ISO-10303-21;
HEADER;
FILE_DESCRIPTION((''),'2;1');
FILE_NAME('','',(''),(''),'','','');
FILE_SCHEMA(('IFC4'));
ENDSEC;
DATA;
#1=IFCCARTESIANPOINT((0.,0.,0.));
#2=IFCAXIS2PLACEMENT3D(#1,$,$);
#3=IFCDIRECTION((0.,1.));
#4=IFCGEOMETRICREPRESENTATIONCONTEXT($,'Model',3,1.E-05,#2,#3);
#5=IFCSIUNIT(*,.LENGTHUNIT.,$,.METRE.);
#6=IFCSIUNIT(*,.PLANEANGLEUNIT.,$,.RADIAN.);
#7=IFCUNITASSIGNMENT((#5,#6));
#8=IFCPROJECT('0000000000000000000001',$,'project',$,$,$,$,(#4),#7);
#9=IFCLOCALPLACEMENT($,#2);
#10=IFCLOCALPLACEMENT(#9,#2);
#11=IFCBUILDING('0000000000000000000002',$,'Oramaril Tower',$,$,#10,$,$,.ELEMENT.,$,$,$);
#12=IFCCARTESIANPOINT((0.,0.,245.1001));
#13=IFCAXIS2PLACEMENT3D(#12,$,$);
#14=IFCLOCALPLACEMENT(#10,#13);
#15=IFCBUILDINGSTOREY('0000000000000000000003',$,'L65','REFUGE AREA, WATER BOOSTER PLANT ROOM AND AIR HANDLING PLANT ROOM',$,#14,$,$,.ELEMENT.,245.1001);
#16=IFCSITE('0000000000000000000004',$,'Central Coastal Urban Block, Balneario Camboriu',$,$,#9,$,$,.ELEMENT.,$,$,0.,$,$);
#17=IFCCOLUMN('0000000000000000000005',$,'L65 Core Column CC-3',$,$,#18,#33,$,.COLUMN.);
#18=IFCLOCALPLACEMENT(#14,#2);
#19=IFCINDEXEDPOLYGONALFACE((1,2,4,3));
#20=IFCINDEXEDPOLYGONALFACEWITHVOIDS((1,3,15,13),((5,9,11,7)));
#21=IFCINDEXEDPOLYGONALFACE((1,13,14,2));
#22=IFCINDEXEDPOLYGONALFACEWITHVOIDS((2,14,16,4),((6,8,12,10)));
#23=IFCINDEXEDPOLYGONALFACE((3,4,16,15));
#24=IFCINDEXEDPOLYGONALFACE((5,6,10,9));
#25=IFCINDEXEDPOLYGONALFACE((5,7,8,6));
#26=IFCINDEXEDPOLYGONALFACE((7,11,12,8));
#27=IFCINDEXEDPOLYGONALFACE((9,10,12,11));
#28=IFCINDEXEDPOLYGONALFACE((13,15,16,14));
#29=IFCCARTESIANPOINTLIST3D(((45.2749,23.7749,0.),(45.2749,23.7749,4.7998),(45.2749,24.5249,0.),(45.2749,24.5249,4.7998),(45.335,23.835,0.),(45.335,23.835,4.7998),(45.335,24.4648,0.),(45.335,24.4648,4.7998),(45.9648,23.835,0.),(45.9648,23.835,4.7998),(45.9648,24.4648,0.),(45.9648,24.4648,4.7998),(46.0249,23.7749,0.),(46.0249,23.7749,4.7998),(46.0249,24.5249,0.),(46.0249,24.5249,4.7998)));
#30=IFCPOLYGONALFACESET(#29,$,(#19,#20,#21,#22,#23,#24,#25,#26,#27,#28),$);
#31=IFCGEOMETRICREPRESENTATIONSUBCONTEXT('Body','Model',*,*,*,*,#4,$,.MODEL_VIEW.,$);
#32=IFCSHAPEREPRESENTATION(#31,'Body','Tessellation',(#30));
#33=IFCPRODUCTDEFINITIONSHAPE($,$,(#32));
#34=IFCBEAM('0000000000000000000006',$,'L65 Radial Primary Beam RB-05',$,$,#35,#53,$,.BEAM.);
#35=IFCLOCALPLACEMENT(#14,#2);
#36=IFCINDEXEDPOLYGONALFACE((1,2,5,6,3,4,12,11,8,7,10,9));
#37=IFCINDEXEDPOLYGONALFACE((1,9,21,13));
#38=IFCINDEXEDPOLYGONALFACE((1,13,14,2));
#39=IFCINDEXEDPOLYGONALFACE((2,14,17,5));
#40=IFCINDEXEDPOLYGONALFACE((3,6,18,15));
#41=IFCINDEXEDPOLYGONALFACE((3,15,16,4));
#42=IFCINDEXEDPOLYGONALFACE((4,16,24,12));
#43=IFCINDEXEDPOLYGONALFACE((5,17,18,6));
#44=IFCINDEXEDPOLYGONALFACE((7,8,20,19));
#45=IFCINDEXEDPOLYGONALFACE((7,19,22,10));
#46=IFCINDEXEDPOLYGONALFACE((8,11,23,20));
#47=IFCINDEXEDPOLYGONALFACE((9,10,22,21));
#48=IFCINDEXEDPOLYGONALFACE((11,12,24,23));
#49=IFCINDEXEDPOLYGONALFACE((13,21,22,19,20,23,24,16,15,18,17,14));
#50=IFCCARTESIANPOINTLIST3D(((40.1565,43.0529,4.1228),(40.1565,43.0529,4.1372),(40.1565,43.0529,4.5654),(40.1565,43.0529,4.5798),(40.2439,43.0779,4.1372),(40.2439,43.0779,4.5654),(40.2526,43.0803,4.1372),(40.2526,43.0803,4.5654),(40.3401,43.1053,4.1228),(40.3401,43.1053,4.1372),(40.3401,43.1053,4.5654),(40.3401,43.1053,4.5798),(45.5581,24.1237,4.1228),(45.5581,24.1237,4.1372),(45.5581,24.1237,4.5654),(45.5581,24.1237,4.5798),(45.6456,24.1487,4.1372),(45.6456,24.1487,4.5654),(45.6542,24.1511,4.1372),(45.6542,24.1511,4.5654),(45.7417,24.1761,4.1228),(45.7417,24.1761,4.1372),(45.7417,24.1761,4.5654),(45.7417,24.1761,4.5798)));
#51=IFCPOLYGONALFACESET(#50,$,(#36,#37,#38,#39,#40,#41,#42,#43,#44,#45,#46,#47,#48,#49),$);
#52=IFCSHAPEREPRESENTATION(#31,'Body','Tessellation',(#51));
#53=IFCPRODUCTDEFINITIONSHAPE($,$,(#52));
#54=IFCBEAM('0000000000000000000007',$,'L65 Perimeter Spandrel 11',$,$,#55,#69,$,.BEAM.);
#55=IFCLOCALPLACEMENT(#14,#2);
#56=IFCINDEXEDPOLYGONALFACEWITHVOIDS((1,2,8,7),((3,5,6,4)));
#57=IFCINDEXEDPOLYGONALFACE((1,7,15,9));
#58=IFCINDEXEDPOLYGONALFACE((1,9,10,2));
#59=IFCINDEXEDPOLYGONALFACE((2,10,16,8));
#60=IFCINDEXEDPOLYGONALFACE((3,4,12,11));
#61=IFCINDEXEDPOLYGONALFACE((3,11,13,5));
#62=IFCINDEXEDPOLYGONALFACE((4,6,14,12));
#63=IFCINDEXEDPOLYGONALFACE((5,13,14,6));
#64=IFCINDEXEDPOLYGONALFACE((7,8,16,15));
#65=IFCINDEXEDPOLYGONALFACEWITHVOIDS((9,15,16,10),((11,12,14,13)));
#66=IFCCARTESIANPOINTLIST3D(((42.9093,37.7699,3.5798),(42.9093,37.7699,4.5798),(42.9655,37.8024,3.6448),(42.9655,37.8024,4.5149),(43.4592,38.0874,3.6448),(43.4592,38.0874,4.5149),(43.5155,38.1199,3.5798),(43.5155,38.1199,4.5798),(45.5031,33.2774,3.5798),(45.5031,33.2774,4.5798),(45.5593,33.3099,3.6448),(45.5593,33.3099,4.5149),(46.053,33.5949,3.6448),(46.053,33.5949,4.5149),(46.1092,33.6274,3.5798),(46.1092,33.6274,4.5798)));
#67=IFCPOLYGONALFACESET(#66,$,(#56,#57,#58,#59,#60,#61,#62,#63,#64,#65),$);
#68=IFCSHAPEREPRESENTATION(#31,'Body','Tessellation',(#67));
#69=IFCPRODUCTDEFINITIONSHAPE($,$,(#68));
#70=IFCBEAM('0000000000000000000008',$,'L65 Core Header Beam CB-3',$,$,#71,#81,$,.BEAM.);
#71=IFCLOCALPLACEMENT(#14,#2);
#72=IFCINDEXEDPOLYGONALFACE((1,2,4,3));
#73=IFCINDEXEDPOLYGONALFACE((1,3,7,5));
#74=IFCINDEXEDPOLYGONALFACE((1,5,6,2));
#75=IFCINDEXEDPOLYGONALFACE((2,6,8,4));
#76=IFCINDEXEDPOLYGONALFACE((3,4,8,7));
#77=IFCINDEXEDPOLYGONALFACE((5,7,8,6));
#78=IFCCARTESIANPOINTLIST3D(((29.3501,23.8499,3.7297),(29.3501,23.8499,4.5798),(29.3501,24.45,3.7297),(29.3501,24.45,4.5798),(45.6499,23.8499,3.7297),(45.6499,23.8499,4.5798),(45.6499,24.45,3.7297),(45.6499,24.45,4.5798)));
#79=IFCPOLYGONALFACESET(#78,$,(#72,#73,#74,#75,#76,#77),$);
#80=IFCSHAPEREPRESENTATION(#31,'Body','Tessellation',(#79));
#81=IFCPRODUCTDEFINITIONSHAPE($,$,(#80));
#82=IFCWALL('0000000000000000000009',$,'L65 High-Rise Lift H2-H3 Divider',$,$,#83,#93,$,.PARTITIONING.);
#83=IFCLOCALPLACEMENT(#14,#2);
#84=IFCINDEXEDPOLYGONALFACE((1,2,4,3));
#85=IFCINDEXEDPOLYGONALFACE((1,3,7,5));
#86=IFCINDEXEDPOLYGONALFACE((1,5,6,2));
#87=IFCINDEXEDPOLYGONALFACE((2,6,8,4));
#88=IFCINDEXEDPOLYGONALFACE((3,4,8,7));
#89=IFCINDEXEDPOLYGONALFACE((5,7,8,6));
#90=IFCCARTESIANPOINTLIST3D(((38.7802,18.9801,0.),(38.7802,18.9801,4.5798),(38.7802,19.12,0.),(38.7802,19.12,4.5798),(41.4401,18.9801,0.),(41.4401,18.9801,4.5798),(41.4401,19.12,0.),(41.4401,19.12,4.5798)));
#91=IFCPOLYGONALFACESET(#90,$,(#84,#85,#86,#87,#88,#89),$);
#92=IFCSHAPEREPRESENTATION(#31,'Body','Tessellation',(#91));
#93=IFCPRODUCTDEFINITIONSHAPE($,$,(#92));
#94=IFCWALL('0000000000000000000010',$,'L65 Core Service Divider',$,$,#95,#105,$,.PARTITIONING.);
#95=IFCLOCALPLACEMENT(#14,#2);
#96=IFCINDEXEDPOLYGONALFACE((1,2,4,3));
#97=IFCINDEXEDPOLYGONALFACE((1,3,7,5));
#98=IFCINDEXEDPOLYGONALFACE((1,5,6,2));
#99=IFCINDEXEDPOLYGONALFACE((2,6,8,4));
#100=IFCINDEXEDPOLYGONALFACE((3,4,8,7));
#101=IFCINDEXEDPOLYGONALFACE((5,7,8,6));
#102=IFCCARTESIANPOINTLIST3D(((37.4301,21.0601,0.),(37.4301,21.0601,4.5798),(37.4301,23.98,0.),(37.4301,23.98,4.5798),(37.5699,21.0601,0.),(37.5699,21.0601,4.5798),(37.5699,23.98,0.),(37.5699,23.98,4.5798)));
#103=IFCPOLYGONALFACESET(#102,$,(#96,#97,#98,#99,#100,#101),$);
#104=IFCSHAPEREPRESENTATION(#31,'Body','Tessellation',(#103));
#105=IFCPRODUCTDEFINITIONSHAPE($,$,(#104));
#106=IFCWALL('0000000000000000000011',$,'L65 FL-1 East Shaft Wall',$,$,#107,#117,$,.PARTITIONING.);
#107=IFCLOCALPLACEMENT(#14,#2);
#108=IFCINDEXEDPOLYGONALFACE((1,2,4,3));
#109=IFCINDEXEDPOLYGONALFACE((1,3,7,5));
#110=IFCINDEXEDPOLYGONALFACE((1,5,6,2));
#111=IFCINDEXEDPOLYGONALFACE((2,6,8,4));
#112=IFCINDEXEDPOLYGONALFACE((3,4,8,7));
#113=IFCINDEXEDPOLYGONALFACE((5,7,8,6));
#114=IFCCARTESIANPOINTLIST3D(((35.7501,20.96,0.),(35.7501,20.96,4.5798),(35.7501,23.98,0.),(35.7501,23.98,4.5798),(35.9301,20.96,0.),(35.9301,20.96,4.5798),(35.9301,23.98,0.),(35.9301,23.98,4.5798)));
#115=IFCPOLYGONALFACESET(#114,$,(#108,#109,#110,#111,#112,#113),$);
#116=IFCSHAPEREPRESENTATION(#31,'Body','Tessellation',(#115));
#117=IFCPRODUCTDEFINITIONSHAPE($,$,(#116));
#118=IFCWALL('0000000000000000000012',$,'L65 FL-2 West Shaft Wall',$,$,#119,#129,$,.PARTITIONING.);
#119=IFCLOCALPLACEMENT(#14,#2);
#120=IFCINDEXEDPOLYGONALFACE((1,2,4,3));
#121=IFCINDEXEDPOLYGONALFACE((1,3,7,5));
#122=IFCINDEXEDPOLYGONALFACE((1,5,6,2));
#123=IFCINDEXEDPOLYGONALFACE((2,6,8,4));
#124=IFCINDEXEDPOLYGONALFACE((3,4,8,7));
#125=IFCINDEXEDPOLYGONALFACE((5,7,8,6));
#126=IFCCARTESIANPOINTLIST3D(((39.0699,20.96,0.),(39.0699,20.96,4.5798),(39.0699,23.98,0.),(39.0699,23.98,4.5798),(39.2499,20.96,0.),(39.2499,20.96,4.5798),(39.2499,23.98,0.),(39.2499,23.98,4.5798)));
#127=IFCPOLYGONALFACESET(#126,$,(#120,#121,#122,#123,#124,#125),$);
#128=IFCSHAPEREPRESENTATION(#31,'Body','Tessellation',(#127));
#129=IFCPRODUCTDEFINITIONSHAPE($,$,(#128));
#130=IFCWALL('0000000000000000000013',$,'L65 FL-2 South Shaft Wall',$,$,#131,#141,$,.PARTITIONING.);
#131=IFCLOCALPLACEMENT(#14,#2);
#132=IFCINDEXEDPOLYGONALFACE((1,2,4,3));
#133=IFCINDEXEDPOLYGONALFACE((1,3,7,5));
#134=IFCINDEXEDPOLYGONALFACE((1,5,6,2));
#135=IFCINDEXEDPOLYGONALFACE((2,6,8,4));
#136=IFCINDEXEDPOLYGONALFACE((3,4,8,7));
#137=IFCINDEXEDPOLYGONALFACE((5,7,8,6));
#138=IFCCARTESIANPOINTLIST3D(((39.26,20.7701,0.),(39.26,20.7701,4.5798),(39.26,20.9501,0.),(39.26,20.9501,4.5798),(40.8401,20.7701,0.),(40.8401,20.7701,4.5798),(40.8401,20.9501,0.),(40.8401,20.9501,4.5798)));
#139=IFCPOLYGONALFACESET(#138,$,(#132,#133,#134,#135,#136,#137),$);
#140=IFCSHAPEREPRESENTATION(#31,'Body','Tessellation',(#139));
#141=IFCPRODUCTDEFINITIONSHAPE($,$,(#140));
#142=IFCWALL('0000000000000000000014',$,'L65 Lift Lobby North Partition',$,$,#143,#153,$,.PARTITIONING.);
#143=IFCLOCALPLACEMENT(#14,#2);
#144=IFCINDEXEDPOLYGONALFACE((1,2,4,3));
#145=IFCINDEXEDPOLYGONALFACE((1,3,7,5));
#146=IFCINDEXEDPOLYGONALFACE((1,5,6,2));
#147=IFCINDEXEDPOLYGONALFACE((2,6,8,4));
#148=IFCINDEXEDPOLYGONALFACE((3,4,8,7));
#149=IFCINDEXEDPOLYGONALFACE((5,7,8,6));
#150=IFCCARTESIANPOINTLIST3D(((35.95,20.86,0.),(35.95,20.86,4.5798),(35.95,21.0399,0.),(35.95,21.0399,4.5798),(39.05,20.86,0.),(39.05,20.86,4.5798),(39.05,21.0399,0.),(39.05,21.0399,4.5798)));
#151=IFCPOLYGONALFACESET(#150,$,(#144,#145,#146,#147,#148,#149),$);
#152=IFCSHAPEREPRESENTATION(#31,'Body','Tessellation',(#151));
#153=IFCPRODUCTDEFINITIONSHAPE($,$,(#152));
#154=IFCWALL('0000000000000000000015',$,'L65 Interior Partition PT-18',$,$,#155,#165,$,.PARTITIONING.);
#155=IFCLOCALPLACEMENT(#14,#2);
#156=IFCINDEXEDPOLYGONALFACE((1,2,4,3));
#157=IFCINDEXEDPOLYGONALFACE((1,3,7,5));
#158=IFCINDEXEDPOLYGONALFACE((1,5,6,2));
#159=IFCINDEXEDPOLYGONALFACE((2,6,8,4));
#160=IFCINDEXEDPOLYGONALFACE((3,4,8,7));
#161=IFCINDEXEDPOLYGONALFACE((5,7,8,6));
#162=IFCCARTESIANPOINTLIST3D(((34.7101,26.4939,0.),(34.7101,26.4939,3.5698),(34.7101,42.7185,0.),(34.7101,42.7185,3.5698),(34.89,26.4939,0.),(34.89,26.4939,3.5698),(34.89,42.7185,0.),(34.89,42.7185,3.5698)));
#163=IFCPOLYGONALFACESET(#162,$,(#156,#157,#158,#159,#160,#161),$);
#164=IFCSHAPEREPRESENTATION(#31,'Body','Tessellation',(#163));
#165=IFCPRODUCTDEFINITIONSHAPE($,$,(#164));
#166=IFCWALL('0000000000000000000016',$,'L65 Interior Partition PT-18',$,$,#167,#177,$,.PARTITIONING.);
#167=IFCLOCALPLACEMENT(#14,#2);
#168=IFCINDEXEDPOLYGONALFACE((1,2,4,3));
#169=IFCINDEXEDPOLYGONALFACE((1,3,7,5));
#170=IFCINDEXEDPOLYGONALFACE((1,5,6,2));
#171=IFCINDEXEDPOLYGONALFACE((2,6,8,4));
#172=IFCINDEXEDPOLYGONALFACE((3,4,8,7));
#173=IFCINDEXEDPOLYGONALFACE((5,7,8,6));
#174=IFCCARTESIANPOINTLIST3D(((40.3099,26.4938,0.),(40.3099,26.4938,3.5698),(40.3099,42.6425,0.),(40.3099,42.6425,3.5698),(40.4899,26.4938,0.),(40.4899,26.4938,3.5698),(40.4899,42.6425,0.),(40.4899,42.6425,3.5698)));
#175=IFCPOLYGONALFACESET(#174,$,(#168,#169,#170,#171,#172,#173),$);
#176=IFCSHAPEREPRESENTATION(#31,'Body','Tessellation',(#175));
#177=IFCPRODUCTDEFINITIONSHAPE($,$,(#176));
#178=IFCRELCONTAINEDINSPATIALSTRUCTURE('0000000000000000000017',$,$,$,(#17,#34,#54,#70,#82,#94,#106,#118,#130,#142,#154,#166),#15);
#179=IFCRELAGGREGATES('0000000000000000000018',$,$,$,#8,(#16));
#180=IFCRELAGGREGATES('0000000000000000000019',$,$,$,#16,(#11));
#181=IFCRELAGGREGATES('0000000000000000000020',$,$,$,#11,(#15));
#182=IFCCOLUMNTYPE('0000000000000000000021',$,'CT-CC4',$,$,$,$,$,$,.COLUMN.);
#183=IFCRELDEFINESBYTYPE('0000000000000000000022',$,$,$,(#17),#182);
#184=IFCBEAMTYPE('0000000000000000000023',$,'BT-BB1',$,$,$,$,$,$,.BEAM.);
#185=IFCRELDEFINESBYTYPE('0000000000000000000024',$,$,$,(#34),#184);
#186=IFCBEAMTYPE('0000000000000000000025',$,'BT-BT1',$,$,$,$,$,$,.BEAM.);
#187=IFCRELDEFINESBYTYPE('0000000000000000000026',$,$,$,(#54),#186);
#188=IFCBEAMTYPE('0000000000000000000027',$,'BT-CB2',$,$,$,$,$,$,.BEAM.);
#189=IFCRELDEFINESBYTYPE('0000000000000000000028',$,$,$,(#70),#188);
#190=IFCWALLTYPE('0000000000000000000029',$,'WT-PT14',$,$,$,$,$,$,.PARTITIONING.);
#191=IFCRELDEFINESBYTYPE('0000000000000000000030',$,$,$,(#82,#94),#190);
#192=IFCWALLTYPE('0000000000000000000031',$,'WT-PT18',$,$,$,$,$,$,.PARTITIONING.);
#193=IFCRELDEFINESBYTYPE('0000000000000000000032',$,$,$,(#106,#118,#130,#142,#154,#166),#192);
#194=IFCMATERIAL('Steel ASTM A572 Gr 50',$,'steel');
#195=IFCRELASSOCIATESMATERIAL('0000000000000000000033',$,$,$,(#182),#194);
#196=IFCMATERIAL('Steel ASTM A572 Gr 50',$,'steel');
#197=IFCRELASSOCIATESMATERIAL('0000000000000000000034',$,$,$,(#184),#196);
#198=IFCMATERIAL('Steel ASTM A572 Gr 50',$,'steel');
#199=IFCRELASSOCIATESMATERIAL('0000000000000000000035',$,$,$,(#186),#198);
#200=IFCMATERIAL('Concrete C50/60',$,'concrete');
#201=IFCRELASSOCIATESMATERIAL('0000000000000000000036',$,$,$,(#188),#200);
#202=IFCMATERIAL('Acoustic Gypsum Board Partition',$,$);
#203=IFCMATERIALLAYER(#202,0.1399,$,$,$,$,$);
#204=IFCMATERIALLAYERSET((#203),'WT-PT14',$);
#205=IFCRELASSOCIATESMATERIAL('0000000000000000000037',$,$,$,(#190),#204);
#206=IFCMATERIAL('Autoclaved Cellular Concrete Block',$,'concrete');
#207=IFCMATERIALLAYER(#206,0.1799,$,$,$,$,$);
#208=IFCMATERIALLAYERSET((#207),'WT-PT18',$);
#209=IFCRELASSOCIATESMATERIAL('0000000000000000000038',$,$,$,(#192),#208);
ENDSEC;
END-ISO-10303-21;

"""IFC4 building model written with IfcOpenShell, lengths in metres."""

from ifc_helpers import new_model, si_unit, direction, frame, frame_2d, origin, origin_2d, place, context, subcontext, project, spatial, rectangle, hollow_rectangle, i_section, extrude, material, layer, layer_set, material_profile, profile_set, type_object, element, save


model = new_model("IFC4")

# Units and contexts
model_context = context("Model", 3, precision=1e-05, world=origin(), true_north=direction((0.0, 1.0)))
body_context = subcontext(model_context, "Body", "Model", "MODEL_VIEW")
ifc_project = project(units=[si_unit("LENGTHUNIT", "METRE"), si_unit("PLANEANGLEUNIT", "RADIAN")], contexts=[model_context])

# Site, building, storey
site_placement = place(None, origin())
site = spatial("IfcSite", under=ifc_project, at=site_placement, Name="Central Coastal Urban Block, Balneario Camboriu", CompositionType="ELEMENT", RefElevation=0.0)
building_placement = place(site_placement, origin())
building = spatial("IfcBuilding", under=site, at=building_placement, Name="Oramaril Tower", CompositionType="ELEMENT")
storey_placement = place(building_placement, frame((0.0, 0.0, 245.1001)))
storey = spatial("IfcBuildingStorey", under=building, at=storey_placement, Name="L65", Description="REFUGE AREA, WATER BOOSTER PLANT ROOM AND AIR HANDLING PLANT ROOM", CompositionType="ELEMENT", Elevation=245.1001)

# Column
ifc_material_1 = material(Name="Steel ASTM A572 Gr 50", Category="steel")
ifc_material_profile_1 = material_profile(ifc_material_1, hollow_rectangle(XDim=0.75, YDim=0.75, WallThickness=0.0601, at=origin_2d()), Name="BOX750X750X60")
ifc_profile_set_1 = profile_set([ifc_material_profile_1], Name="Steel ASTM A572 Gr 50")
column_type = type_object("IfcColumnType", Name="CT-CC4", PredefinedType="COLUMN", material=ifc_profile_set_1)
column_placement = place(storey_placement, frame((45.6499, 24.1499, 0.0), z_axis=(0.0, 0.0, 1.0), x_axis=(1.0, 0.0, 0.0)))
element("IfcColumn", 1, at=column_placement, inside=storey, type_object=column_type, Name="L65 Core Column CC-3", PredefinedType="COLUMN", context=body_context, shape_type="SweptSolid", body=[
    extrude(hollow_rectangle(XDim=0.75, YDim=0.75, WallThickness=0.0601, at=origin_2d()), origin(), (0.0, 0.0, 1.0), 4.7998),
])

# Beams
ifc_material_2 = material(Name="Steel ASTM A572 Gr 50", Category="steel")
ifc_material_profile_2 = material_profile(ifc_material_2, i_section(OverallWidth=0.1909, OverallDepth=0.457, WebThickness=0.009, FlangeThickness=0.0144, at=origin_2d()), Name="W18X50")
ifc_profile_set_2 = profile_set([ifc_material_profile_2], Name="Steel ASTM A572 Gr 50")
beam_type_1 = type_object("IfcBeamType", Name="BT-BB1", PredefinedType="BEAM", material=ifc_profile_set_2)
beam_1_placement = place(storey_placement, frame((45.6499, 24.1499, 4.3513), z_axis=(-0.274405, 0.961614, 0.0), x_axis=(-0.961614, -0.274405, 0.0)))
element("IfcBeam", 2, at=beam_1_placement, inside=storey, type_object=beam_type_1, Name="L65 Radial Primary Beam RB-05", PredefinedType="BEAM", context=body_context, shape_type="SweptSolid", body=[
    extrude(i_section(OverallWidth=0.1909, OverallDepth=0.457, WebThickness=0.009, FlangeThickness=0.0144, at=origin_2d()), origin(), (0.0, 0.0, 1.0), 19.6848),
])
ifc_material_3 = material(Name="Steel ASTM A572 Gr 50", Category="steel")
ifc_material_profile_3 = material_profile(ifc_material_3, hollow_rectangle(XDim=0.7, YDim=1.0, WallThickness=0.0649, at=origin_2d()), Name="BOX1000X700X65")
ifc_profile_set_3 = profile_set([ifc_material_profile_3], Name="Steel ASTM A572 Gr 50")
beam_type_2 = type_object("IfcBeamType", Name="BT-BT1", PredefinedType="BEAM", material=ifc_profile_set_3)
beam_2_placement = place(storey_placement, frame((45.8062, 33.4524, 4.0798), z_axis=(-0.500006, 0.866022, 0.0), x_axis=(-0.866022, -0.500006, 0.0)))
element("IfcBeam", 3, at=beam_2_placement, inside=storey, type_object=beam_type_2, Name="L65 Perimeter Spandrel 11", PredefinedType="BEAM", context=body_context, shape_type="SweptSolid", body=[
    extrude(hollow_rectangle(XDim=0.7, YDim=1.0, WallThickness=0.0649, at=origin_2d()), origin(), (0.0, 0.0, 1.0), 5.1875),
])
ifc_material_4 = material(Name="Concrete C50/60", Category="concrete")
ifc_material_profile_4 = material_profile(ifc_material_4, rectangle(XDim=0.6001, YDim=0.8501, at=origin_2d()), Name="CB600X850")
ifc_profile_set_4 = profile_set([ifc_material_profile_4], Name="Concrete C50/60")
beam_type_3 = type_object("IfcBeamType", Name="BT-CB2", PredefinedType="BEAM", material=ifc_profile_set_4)
beam_3_placement = place(storey_placement, frame((45.6499, 24.1499, 4.1548), z_axis=(-1.0, 0.0, 0.0), x_axis=(0.0, -1.0, 0.0)))
element("IfcBeam", 4, at=beam_3_placement, inside=storey, type_object=beam_type_3, Name="L65 Core Header Beam CB-3", PredefinedType="BEAM", context=body_context, shape_type="SweptSolid", body=[
    extrude(rectangle(XDim=0.6001, YDim=0.8501, at=origin_2d()), origin(), (0.0, 0.0, 1.0), 16.2998),
])

# Walls
ifc_material_5 = material(Name="Acoustic Gypsum Board Partition")
ifc_layer_1 = layer(ifc_material_5, 0.1399)
ifc_layer_set_1 = layer_set([ifc_layer_1], Name="WT-PT14")
wall_type_1 = type_object("IfcWallType", Name="WT-PT14", PredefinedType="PARTITIONING", material=ifc_layer_set_1)
wall_1_placement = place(storey_placement, frame((38.78, 19.05, 0.0), z_axis=(0.0, 0.0, 1.0), x_axis=(1.0, 0.0, 0.0)))
element("IfcWall", 5, at=wall_1_placement, inside=storey, type_object=wall_type_1, Name="L65 High-Rise Lift H2-H3 Divider", PredefinedType="PARTITIONING", context=body_context, shape_type="SweptSolid", body=[
    extrude(rectangle(XDim=2.6599, YDim=0.1399, at=frame_2d((1.3301, 0.0))), origin(), (0.0, 0.0, 1.0), 4.5798),
])
wall_2_placement = place(storey_placement, frame((37.5, 21.0601, 0.0), z_axis=(0.0, 0.0, 1.0), x_axis=(0.0, 1.0, 0.0)))
element("IfcWall", 6, at=wall_2_placement, inside=storey, type_object=wall_type_1, Name="L65 Core Service Divider", PredefinedType="PARTITIONING", context=body_context, shape_type="SweptSolid", body=[
    extrude(rectangle(XDim=2.9199, YDim=0.1399, at=frame_2d((1.46, 0.0))), origin(), (0.0, 0.0, 1.0), 4.5798),
])
ifc_material_6 = material(Name="Autoclaved Cellular Concrete Block", Category="concrete")
ifc_layer_2 = layer(ifc_material_6, 0.1799)
ifc_layer_set_2 = layer_set([ifc_layer_2], Name="WT-PT18")
wall_type_2 = type_object("IfcWallType", Name="WT-PT18", PredefinedType="PARTITIONING", material=ifc_layer_set_2)
for number, where, z_axis, x_axis, name in (
    (7, (35.8401, 20.96, 0.0), (0.0, 0.0, 1.0), (0.0, 1.0, 0.0), "L65 FL-1 East Shaft Wall"),
    (8, (39.1599, 20.96, 0.0), (0.0, 0.0, 1.0), (0.0, 1.0, 0.0), "L65 FL-2 West Shaft Wall"),
):
    element("IfcWall", number, at=place(storey_placement, frame(where, z_axis=z_axis, x_axis=x_axis)), inside=storey, type_object=wall_type_2, Name=name, PredefinedType="PARTITIONING", context=body_context, shape_type="SweptSolid", body=[
        extrude(rectangle(XDim=3.02, YDim=0.1799, at=frame_2d((1.51, 0.0))), origin(), (0.0, 0.0, 1.0), 4.5798),
    ])
wall_3_placement = place(storey_placement, frame((39.26, 20.8601, 0.0), z_axis=(0.0, 0.0, 1.0), x_axis=(1.0, 0.0, 0.0)))
element("IfcWall", 9, at=wall_3_placement, inside=storey, type_object=wall_type_2, Name="L65 FL-2 South Shaft Wall", PredefinedType="PARTITIONING", context=body_context, shape_type="SweptSolid", body=[
    extrude(rectangle(XDim=1.5801, YDim=0.1799, at=frame_2d((0.79, 0.0))), origin(), (0.0, 0.0, 1.0), 4.5798),
])
wall_4_placement = place(storey_placement, frame((35.95, 20.95, 0.0), z_axis=(0.0, 0.0, 1.0), x_axis=(1.0, 0.0, 0.0)))
element("IfcWall", 10, at=wall_4_placement, inside=storey, type_object=wall_type_2, Name="L65 Lift Lobby North Partition", PredefinedType="PARTITIONING", context=body_context, shape_type="SweptSolid", body=[
    extrude(rectangle(XDim=3.1001, YDim=0.1799, at=frame_2d((1.55, 0.0))), origin(), (0.0, 0.0, 1.0), 4.5798),
])
wall_5_placement = place(storey_placement, frame((34.8, 26.4939, 0.0), z_axis=(0.0, 0.0, 1.0), x_axis=(0.0, 1.0, 0.0)))
element("IfcWall", 11, at=wall_5_placement, inside=storey, type_object=wall_type_2, Name="L65 Interior Partition PT-18", PredefinedType="PARTITIONING", context=body_context, shape_type="SweptSolid", body=[
    extrude(rectangle(XDim=16.2246, YDim=0.1799, at=frame_2d((8.1123, 0.0))), origin(), (0.0, 0.0, 1.0), 3.5698),
])
wall_6_placement = place(storey_placement, frame((40.3999, 26.4939, 0.0), z_axis=(0.0, 0.0, 1.0), x_axis=(0.0, 1.0, 0.0)))
element("IfcWall", 12, at=wall_6_placement, inside=storey, type_object=wall_type_2, Name="L65 Interior Partition PT-18", PredefinedType="PARTITIONING", context=body_context, shape_type="SweptSolid", body=[
    extrude(rectangle(XDim=16.1487, YDim=0.1799, at=frame_2d((8.0742, 0.0))), origin(), (0.0, 0.0, 1.0), 3.5698),
])

save(model, "model.ifc")
